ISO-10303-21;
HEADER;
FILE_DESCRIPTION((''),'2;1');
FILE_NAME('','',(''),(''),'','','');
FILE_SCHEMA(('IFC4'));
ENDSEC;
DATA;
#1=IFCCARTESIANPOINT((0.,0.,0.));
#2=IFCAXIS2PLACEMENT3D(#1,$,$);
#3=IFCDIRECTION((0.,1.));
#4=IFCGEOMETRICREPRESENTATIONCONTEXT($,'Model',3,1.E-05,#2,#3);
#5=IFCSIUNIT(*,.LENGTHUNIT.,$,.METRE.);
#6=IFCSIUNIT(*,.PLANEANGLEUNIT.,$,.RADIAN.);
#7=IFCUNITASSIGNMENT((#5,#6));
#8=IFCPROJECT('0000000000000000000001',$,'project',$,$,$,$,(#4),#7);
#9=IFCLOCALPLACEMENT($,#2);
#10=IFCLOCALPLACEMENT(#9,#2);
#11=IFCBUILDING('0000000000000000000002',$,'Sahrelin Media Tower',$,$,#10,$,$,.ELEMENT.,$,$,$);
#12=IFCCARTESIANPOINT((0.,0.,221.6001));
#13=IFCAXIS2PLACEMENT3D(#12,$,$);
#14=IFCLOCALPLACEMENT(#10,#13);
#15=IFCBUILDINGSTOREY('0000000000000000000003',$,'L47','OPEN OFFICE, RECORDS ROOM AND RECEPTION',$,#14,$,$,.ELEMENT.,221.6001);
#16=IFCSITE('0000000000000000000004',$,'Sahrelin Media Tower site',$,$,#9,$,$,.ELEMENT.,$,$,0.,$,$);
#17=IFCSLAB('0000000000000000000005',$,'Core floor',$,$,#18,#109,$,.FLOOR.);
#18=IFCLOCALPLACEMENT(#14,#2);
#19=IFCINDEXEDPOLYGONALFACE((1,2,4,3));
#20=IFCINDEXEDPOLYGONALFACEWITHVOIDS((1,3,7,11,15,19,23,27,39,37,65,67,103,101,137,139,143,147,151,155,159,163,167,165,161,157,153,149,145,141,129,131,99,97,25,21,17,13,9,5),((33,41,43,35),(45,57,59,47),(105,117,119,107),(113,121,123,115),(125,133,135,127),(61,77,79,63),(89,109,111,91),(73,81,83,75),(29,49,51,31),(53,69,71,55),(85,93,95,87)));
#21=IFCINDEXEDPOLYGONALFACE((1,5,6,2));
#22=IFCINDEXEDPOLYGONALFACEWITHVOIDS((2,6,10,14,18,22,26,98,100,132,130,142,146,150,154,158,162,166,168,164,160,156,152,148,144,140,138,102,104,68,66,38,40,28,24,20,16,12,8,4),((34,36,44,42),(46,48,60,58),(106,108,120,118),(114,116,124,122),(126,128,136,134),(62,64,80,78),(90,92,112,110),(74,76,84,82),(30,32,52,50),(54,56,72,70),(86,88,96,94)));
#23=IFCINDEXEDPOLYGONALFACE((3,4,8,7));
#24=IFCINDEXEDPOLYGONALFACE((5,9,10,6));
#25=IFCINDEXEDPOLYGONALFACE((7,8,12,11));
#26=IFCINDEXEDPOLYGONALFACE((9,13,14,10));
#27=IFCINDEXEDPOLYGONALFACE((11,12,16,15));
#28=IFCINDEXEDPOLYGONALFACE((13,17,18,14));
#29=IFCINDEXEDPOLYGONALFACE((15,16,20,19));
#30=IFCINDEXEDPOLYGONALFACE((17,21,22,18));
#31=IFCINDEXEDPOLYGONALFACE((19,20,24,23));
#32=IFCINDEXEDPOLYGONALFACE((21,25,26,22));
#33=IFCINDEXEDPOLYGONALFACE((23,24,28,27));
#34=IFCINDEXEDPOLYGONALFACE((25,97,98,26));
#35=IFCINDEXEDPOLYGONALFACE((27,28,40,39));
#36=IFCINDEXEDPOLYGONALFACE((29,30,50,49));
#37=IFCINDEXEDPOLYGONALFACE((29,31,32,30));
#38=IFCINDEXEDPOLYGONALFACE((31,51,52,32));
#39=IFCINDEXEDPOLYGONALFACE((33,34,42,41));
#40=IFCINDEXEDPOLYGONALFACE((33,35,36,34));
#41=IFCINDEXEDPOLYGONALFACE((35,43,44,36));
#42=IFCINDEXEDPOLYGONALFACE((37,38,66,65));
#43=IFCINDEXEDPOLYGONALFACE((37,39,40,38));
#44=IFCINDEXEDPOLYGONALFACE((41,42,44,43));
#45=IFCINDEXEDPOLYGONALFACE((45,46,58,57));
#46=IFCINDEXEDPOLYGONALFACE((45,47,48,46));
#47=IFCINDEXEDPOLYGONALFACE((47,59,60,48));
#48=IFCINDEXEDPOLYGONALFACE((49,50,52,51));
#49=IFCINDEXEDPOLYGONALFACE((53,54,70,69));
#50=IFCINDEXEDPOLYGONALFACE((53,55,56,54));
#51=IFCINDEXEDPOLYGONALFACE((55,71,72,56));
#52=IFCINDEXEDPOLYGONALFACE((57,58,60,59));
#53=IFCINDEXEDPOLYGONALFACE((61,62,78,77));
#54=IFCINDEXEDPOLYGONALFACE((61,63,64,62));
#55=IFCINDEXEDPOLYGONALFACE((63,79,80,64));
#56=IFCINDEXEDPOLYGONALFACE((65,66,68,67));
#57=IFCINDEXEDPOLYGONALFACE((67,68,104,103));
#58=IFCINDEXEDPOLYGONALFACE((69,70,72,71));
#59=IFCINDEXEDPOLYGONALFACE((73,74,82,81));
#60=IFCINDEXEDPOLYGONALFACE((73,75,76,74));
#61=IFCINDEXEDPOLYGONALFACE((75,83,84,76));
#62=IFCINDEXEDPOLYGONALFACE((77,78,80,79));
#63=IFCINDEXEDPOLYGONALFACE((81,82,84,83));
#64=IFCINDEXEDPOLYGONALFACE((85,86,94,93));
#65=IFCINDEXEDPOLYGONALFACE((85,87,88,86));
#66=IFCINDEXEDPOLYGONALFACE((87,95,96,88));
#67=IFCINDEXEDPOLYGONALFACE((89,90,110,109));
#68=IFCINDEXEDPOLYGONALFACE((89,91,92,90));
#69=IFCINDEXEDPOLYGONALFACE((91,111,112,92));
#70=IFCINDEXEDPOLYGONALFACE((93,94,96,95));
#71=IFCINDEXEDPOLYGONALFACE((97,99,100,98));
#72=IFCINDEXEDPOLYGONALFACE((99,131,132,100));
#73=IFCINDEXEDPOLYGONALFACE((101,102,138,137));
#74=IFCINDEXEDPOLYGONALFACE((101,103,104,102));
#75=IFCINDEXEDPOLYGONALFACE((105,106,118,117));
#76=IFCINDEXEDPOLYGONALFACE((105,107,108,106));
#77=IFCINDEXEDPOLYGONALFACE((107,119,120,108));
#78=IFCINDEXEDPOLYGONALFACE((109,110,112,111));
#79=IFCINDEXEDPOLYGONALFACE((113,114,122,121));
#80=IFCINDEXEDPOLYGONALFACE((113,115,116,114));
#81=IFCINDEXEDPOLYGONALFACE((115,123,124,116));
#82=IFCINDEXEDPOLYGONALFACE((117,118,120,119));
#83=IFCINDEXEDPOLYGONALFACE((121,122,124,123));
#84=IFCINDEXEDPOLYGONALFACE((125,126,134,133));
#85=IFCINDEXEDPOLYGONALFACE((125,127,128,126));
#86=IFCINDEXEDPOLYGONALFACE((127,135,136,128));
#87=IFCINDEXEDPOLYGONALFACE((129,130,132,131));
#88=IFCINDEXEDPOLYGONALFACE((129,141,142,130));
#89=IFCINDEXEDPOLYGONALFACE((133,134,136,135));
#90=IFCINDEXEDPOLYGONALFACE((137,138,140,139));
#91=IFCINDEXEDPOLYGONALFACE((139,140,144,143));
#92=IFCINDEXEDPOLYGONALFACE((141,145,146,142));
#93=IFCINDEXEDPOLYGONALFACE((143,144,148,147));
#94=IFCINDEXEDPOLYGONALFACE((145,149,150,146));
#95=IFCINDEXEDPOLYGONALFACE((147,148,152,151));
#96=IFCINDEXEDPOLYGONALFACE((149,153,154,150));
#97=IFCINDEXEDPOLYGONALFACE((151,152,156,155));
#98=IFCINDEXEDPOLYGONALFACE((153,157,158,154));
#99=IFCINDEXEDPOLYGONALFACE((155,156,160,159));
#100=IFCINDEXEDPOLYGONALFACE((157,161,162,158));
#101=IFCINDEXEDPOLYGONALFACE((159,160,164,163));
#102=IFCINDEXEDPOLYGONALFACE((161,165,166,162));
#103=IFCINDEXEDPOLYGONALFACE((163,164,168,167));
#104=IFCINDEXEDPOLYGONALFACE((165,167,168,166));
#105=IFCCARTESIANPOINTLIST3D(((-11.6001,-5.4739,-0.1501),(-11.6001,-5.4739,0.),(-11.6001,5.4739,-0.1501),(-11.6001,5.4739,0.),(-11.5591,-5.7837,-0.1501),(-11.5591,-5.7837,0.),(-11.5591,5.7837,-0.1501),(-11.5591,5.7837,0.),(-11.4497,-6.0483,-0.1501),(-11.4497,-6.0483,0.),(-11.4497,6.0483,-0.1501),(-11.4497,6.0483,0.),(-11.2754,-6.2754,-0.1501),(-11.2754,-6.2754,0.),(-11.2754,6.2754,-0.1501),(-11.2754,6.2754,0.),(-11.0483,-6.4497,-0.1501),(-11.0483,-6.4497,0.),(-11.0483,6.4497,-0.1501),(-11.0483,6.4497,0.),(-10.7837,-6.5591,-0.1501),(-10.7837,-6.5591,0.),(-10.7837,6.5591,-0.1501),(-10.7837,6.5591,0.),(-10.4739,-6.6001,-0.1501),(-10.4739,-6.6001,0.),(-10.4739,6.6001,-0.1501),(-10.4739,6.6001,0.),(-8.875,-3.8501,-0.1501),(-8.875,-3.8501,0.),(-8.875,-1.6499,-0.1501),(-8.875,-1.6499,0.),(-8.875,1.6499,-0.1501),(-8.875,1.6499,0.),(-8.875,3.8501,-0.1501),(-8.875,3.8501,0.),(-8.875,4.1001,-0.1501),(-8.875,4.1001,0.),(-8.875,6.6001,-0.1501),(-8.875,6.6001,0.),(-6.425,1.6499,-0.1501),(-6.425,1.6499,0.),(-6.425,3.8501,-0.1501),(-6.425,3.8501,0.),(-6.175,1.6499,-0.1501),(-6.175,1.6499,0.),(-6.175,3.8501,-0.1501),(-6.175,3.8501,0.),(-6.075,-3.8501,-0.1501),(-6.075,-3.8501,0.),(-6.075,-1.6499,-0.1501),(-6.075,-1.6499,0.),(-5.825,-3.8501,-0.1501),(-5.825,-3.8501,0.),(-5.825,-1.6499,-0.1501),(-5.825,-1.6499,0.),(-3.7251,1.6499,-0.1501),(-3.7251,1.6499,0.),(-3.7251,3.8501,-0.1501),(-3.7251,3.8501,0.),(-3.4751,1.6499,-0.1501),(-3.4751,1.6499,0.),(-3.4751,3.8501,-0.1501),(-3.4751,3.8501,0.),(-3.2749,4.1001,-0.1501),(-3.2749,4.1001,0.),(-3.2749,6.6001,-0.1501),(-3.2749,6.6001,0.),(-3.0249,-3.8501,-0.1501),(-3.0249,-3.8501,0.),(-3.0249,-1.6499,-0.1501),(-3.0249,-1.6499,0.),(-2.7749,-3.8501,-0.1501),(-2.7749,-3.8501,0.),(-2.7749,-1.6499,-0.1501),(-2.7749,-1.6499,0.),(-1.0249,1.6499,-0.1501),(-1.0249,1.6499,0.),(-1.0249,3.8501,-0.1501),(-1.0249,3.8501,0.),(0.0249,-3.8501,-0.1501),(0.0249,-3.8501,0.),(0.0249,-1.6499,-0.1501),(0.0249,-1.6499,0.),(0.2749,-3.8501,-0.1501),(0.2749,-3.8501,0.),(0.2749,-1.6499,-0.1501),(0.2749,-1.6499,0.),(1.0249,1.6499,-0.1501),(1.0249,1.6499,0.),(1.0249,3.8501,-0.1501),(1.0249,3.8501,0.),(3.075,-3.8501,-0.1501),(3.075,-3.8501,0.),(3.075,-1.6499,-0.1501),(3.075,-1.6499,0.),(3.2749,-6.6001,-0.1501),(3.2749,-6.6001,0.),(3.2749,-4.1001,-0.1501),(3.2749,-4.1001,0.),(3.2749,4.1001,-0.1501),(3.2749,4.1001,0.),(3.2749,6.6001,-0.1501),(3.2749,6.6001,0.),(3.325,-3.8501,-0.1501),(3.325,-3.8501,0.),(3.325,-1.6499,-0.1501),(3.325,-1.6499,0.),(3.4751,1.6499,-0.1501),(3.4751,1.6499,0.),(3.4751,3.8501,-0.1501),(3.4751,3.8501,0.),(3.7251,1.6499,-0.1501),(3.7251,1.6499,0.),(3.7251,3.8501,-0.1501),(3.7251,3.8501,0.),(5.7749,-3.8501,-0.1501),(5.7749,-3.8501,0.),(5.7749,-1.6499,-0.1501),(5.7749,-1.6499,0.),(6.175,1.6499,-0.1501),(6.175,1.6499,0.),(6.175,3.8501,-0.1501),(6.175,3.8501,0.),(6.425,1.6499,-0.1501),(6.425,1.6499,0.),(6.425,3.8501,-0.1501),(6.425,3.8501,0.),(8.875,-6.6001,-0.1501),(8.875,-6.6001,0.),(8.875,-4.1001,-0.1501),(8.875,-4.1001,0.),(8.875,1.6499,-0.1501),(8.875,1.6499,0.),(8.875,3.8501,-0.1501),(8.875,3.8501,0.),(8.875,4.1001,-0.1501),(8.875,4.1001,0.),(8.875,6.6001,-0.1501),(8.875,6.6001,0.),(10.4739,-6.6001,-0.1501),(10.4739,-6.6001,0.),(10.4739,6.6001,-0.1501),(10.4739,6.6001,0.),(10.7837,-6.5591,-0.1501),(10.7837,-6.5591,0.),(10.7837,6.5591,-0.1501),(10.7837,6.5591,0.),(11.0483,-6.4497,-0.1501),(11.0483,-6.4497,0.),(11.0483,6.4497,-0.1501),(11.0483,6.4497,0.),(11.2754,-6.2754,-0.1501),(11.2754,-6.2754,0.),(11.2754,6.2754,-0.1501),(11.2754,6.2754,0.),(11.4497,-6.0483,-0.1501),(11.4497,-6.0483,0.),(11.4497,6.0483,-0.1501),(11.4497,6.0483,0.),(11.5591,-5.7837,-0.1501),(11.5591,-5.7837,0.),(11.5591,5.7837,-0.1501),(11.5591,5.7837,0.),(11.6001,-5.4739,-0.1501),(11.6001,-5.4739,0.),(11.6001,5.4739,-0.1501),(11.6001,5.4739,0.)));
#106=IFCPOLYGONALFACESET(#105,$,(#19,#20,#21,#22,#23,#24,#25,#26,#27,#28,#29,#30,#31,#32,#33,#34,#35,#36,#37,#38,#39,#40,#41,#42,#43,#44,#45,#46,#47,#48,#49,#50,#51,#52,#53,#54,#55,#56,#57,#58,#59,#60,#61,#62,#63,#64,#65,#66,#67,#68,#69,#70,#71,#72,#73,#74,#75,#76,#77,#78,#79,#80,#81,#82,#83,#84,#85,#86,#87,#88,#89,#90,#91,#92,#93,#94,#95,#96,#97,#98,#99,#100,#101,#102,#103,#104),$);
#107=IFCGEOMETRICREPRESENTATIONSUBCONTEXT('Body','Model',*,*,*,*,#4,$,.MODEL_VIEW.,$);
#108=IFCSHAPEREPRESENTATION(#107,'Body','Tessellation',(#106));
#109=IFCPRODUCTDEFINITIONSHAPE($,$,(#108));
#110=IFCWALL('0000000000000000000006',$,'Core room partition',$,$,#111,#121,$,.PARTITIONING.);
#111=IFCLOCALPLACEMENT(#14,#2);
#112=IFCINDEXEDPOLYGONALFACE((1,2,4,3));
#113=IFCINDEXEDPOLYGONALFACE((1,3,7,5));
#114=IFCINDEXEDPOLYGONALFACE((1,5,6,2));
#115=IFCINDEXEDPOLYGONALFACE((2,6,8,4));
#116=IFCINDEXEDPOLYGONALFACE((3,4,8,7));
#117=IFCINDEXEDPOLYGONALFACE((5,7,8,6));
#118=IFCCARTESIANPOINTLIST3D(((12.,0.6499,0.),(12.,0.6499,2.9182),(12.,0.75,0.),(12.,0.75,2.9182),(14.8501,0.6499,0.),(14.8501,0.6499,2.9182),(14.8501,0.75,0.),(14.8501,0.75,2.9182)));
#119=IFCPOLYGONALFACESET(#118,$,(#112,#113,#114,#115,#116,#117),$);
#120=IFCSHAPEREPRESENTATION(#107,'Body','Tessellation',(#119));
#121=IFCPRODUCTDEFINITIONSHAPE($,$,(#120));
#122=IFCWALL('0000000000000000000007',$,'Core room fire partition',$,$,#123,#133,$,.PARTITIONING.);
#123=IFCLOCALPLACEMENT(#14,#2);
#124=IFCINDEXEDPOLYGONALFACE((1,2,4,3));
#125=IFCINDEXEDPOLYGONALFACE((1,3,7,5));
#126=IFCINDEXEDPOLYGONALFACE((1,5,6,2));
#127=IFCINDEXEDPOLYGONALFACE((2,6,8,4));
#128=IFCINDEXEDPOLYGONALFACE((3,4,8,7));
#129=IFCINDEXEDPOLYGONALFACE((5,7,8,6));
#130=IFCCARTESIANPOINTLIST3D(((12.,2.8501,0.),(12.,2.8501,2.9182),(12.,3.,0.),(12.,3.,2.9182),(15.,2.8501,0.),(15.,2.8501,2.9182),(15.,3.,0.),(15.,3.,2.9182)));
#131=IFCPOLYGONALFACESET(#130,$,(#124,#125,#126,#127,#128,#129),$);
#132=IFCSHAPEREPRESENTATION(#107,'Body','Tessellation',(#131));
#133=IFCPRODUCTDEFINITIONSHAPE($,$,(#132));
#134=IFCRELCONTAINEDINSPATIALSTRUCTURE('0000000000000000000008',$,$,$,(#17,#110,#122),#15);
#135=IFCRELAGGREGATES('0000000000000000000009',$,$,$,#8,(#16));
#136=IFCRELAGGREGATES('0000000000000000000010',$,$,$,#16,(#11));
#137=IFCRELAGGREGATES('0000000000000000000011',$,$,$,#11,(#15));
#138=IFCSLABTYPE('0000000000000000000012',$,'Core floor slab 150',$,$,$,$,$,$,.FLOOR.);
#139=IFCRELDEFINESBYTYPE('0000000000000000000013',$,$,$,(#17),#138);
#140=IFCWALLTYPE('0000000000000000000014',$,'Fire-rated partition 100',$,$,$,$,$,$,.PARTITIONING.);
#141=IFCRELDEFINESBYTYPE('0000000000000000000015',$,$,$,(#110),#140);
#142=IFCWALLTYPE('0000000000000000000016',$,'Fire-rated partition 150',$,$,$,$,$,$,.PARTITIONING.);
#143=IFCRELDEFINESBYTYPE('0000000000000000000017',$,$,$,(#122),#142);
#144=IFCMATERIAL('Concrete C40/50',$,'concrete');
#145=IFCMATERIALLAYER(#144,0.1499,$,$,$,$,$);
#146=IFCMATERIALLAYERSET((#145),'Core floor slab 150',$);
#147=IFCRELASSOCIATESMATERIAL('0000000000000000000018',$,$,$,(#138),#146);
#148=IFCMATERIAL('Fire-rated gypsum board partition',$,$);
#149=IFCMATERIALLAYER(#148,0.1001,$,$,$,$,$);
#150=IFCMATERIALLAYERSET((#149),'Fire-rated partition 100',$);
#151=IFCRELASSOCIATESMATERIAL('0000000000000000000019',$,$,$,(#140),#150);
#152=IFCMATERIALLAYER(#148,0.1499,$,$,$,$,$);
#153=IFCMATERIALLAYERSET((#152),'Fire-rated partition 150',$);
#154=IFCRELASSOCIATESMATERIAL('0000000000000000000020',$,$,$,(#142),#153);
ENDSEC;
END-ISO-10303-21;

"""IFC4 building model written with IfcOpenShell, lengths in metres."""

from ifc_helpers import new_model, si_unit, direction, frame, frame_2d, origin, place, context, subcontext, project, spatial, polyline, rectangle, outline, extrude, material, layer, layer_set, type_object, element, save


model = new_model("IFC4")

# Units and contexts
model_context = context("Model", 3, precision=1e-05, world=origin(), true_north=direction((0.0, 1.0)))
body_context = subcontext(model_context, "Body", "Model", "MODEL_VIEW")
ifc_project = project(units=[si_unit("LENGTHUNIT", "METRE"), si_unit("PLANEANGLEUNIT", "RADIAN")], contexts=[model_context])

# Site, building, storey
site_placement = place(None, origin())
site = spatial("IfcSite", under=ifc_project, at=site_placement, Name="Sahrelin Media Tower site", CompositionType="ELEMENT", RefElevation=0.0)
building_placement = place(site_placement, origin())
building = spatial("IfcBuilding", under=site, at=building_placement, Name="Sahrelin Media Tower", CompositionType="ELEMENT")
storey_placement = place(building_placement, frame((0.0, 0.0, 221.6001)))
storey = spatial("IfcBuildingStorey", under=building, at=storey_placement, Name="L47", Description="OPEN OFFICE, RECORDS ROOM AND RECEPTION", CompositionType="ELEMENT", Elevation=221.6001)

# Slab
ifc_material_1 = material(Name="Concrete C40/50", Category="concrete")
ifc_layer_1 = layer(ifc_material_1, 0.1499)
ifc_layer_set_1 = layer_set([ifc_layer_1], Name="Core floor slab 150")
slab_type = type_object("IfcSlabType", Name="Core floor slab 150", PredefinedType="FLOOR", material=ifc_layer_set_1)
slab_placement = place(storey_placement, frame((0.0, 0.0, -0.1501)))
element("IfcSlab", 1, at=slab_placement, inside=storey, type_object=slab_type, Name="Core floor", PredefinedType="FLOOR", context=body_context, shape_type="SweptSolid", body=[
    extrude(outline(polyline([(-11.6001, -5.4739), (-11.5591, -5.7837), (-11.4497, -6.0483), (-11.2754, -6.2754), (-11.0483, -6.4497), (-10.7837, -6.5591), (-10.4739, -6.6001), (3.2749, -6.6001), (3.2749, -4.1001), (8.875, -4.1001), (8.875, -6.6001), (10.4739, -6.6001), (10.7837, -6.5591), (11.0483, -6.4497), (11.2754, -6.2754), (11.4497, -6.0483), (11.5591, -5.7837), (11.6001, -5.4739), (11.6001, 5.4739), (11.5591, 5.7837), (11.4497, 6.0483), (11.2754, 6.2754), (11.0483, 6.4497), (10.7837, 6.5591), (10.4739, 6.6001), (8.875, 6.6001), (8.875, 4.1001), (3.2749, 4.1001), (3.2749, 6.6001), (-3.2749, 6.6001), (-3.2749, 4.1001), (-8.875, 4.1001), (-8.875, 6.6001), (-10.4739, 6.6001), (-10.7837, 6.5591), (-11.0483, 6.4497), (-11.2754, 6.2754), (-11.4497, 6.0483), (-11.5591, 5.7837), (-11.6001, 5.4739), (-11.6001, -5.4739)]), holes=[polyline([(-8.875, 3.8501), (-8.875, 1.6499), (-6.425, 1.6499), (-6.425, 3.8501), (-8.875, 3.8501)]), polyline([(-3.7251, 3.8501), (-6.175, 3.8501), (-6.175, 1.6499), (-3.7251, 1.6499), (-3.7251, 3.8501)]), polyline([(-1.0249, 1.6499), (-1.0249, 3.8501), (-3.4751, 3.8501), (-3.4751, 1.6499), (-1.0249, 1.6499)]), polyline([(1.0249, 1.6499), (3.4751, 1.6499), (3.4751, 3.8501), (1.0249, 3.8501), (1.0249, 1.6499)]), polyline([(3.7251, 3.8501), (3.7251, 1.6499), (6.175, 1.6499), (6.175, 3.8501), (3.7251, 3.8501)]), polyline([(8.875, 3.8501), (6.425, 3.8501), (6.425, 1.6499), (8.875, 1.6499), (8.875, 3.8501)]), polyline([(-6.075, -3.8501), (-6.075, -1.6499), (-8.875, -1.6499), (-8.875, -3.8501), (-6.075, -3.8501)]), polyline([(-5.825, -3.8501), (-3.0249, -3.8501), (-3.0249, -1.6499), (-5.825, -1.6499), (-5.825, -3.8501)]), polyline([(-2.7749, -1.6499), (-2.7749, -3.8501), (0.0249, -3.8501), (0.0249, -1.6499), (-2.7749, -1.6499)]), polyline([(3.075, -1.6499), (0.2749, -1.6499), (0.2749, -3.8501), (3.075, -3.8501), (3.075, -1.6499)]), polyline([(5.7749, -3.8501), (5.7749, -1.6499), (3.325, -1.6499), (3.325, -3.8501), (5.7749, -3.8501)])]), origin(), (0.0, 0.0, 1.0), 0.1501),
])

# Walls
ifc_material_2 = material(Name="Fire-rated gypsum board partition")
ifc_layer_2 = layer(ifc_material_2, 0.1001)
ifc_layer_set_2 = layer_set([ifc_layer_2], Name="Fire-rated partition 100")
wall_type_1 = type_object("IfcWallType", Name="Fire-rated partition 100", PredefinedType="PARTITIONING", material=ifc_layer_set_2)
wall_1_placement = place(storey_placement, frame((12.0, 0.7, 0.0), z_axis=(0.0, 0.0, 1.0), x_axis=(1.0, 0.0, 0.0)))
element("IfcWall", 2, at=wall_1_placement, inside=storey, type_object=wall_type_1, Name="Core room partition", PredefinedType="PARTITIONING", context=body_context, shape_type="SweptSolid", body=[
    extrude(rectangle(XDim=2.8501, YDim=0.1001, at=frame_2d((1.425, 0.0))), origin(), (0.0, 0.0, 1.0), 2.9182),
])
ifc_layer_3 = layer(ifc_material_2, 0.1499)
ifc_layer_set_3 = layer_set([ifc_layer_3], Name="Fire-rated partition 150")
wall_type_2 = type_object("IfcWallType", Name="Fire-rated partition 150", PredefinedType="PARTITIONING", material=ifc_layer_set_3)
wall_2_placement = place(storey_placement, frame((12.0, 2.925, 0.0), z_axis=(0.0, 0.0, 1.0), x_axis=(1.0, 0.0, 0.0)))
element("IfcWall", 3, at=wall_2_placement, inside=storey, type_object=wall_type_2, Name="Core room fire partition", PredefinedType="PARTITIONING", context=body_context, shape_type="SweptSolid", body=[
    extrude(rectangle(XDim=3.0, YDim=0.1499, at=frame_2d((1.5, 0.0))), origin(), (0.0, 0.0, 1.0), 2.9182),
])

save(model, "model.ifc")
